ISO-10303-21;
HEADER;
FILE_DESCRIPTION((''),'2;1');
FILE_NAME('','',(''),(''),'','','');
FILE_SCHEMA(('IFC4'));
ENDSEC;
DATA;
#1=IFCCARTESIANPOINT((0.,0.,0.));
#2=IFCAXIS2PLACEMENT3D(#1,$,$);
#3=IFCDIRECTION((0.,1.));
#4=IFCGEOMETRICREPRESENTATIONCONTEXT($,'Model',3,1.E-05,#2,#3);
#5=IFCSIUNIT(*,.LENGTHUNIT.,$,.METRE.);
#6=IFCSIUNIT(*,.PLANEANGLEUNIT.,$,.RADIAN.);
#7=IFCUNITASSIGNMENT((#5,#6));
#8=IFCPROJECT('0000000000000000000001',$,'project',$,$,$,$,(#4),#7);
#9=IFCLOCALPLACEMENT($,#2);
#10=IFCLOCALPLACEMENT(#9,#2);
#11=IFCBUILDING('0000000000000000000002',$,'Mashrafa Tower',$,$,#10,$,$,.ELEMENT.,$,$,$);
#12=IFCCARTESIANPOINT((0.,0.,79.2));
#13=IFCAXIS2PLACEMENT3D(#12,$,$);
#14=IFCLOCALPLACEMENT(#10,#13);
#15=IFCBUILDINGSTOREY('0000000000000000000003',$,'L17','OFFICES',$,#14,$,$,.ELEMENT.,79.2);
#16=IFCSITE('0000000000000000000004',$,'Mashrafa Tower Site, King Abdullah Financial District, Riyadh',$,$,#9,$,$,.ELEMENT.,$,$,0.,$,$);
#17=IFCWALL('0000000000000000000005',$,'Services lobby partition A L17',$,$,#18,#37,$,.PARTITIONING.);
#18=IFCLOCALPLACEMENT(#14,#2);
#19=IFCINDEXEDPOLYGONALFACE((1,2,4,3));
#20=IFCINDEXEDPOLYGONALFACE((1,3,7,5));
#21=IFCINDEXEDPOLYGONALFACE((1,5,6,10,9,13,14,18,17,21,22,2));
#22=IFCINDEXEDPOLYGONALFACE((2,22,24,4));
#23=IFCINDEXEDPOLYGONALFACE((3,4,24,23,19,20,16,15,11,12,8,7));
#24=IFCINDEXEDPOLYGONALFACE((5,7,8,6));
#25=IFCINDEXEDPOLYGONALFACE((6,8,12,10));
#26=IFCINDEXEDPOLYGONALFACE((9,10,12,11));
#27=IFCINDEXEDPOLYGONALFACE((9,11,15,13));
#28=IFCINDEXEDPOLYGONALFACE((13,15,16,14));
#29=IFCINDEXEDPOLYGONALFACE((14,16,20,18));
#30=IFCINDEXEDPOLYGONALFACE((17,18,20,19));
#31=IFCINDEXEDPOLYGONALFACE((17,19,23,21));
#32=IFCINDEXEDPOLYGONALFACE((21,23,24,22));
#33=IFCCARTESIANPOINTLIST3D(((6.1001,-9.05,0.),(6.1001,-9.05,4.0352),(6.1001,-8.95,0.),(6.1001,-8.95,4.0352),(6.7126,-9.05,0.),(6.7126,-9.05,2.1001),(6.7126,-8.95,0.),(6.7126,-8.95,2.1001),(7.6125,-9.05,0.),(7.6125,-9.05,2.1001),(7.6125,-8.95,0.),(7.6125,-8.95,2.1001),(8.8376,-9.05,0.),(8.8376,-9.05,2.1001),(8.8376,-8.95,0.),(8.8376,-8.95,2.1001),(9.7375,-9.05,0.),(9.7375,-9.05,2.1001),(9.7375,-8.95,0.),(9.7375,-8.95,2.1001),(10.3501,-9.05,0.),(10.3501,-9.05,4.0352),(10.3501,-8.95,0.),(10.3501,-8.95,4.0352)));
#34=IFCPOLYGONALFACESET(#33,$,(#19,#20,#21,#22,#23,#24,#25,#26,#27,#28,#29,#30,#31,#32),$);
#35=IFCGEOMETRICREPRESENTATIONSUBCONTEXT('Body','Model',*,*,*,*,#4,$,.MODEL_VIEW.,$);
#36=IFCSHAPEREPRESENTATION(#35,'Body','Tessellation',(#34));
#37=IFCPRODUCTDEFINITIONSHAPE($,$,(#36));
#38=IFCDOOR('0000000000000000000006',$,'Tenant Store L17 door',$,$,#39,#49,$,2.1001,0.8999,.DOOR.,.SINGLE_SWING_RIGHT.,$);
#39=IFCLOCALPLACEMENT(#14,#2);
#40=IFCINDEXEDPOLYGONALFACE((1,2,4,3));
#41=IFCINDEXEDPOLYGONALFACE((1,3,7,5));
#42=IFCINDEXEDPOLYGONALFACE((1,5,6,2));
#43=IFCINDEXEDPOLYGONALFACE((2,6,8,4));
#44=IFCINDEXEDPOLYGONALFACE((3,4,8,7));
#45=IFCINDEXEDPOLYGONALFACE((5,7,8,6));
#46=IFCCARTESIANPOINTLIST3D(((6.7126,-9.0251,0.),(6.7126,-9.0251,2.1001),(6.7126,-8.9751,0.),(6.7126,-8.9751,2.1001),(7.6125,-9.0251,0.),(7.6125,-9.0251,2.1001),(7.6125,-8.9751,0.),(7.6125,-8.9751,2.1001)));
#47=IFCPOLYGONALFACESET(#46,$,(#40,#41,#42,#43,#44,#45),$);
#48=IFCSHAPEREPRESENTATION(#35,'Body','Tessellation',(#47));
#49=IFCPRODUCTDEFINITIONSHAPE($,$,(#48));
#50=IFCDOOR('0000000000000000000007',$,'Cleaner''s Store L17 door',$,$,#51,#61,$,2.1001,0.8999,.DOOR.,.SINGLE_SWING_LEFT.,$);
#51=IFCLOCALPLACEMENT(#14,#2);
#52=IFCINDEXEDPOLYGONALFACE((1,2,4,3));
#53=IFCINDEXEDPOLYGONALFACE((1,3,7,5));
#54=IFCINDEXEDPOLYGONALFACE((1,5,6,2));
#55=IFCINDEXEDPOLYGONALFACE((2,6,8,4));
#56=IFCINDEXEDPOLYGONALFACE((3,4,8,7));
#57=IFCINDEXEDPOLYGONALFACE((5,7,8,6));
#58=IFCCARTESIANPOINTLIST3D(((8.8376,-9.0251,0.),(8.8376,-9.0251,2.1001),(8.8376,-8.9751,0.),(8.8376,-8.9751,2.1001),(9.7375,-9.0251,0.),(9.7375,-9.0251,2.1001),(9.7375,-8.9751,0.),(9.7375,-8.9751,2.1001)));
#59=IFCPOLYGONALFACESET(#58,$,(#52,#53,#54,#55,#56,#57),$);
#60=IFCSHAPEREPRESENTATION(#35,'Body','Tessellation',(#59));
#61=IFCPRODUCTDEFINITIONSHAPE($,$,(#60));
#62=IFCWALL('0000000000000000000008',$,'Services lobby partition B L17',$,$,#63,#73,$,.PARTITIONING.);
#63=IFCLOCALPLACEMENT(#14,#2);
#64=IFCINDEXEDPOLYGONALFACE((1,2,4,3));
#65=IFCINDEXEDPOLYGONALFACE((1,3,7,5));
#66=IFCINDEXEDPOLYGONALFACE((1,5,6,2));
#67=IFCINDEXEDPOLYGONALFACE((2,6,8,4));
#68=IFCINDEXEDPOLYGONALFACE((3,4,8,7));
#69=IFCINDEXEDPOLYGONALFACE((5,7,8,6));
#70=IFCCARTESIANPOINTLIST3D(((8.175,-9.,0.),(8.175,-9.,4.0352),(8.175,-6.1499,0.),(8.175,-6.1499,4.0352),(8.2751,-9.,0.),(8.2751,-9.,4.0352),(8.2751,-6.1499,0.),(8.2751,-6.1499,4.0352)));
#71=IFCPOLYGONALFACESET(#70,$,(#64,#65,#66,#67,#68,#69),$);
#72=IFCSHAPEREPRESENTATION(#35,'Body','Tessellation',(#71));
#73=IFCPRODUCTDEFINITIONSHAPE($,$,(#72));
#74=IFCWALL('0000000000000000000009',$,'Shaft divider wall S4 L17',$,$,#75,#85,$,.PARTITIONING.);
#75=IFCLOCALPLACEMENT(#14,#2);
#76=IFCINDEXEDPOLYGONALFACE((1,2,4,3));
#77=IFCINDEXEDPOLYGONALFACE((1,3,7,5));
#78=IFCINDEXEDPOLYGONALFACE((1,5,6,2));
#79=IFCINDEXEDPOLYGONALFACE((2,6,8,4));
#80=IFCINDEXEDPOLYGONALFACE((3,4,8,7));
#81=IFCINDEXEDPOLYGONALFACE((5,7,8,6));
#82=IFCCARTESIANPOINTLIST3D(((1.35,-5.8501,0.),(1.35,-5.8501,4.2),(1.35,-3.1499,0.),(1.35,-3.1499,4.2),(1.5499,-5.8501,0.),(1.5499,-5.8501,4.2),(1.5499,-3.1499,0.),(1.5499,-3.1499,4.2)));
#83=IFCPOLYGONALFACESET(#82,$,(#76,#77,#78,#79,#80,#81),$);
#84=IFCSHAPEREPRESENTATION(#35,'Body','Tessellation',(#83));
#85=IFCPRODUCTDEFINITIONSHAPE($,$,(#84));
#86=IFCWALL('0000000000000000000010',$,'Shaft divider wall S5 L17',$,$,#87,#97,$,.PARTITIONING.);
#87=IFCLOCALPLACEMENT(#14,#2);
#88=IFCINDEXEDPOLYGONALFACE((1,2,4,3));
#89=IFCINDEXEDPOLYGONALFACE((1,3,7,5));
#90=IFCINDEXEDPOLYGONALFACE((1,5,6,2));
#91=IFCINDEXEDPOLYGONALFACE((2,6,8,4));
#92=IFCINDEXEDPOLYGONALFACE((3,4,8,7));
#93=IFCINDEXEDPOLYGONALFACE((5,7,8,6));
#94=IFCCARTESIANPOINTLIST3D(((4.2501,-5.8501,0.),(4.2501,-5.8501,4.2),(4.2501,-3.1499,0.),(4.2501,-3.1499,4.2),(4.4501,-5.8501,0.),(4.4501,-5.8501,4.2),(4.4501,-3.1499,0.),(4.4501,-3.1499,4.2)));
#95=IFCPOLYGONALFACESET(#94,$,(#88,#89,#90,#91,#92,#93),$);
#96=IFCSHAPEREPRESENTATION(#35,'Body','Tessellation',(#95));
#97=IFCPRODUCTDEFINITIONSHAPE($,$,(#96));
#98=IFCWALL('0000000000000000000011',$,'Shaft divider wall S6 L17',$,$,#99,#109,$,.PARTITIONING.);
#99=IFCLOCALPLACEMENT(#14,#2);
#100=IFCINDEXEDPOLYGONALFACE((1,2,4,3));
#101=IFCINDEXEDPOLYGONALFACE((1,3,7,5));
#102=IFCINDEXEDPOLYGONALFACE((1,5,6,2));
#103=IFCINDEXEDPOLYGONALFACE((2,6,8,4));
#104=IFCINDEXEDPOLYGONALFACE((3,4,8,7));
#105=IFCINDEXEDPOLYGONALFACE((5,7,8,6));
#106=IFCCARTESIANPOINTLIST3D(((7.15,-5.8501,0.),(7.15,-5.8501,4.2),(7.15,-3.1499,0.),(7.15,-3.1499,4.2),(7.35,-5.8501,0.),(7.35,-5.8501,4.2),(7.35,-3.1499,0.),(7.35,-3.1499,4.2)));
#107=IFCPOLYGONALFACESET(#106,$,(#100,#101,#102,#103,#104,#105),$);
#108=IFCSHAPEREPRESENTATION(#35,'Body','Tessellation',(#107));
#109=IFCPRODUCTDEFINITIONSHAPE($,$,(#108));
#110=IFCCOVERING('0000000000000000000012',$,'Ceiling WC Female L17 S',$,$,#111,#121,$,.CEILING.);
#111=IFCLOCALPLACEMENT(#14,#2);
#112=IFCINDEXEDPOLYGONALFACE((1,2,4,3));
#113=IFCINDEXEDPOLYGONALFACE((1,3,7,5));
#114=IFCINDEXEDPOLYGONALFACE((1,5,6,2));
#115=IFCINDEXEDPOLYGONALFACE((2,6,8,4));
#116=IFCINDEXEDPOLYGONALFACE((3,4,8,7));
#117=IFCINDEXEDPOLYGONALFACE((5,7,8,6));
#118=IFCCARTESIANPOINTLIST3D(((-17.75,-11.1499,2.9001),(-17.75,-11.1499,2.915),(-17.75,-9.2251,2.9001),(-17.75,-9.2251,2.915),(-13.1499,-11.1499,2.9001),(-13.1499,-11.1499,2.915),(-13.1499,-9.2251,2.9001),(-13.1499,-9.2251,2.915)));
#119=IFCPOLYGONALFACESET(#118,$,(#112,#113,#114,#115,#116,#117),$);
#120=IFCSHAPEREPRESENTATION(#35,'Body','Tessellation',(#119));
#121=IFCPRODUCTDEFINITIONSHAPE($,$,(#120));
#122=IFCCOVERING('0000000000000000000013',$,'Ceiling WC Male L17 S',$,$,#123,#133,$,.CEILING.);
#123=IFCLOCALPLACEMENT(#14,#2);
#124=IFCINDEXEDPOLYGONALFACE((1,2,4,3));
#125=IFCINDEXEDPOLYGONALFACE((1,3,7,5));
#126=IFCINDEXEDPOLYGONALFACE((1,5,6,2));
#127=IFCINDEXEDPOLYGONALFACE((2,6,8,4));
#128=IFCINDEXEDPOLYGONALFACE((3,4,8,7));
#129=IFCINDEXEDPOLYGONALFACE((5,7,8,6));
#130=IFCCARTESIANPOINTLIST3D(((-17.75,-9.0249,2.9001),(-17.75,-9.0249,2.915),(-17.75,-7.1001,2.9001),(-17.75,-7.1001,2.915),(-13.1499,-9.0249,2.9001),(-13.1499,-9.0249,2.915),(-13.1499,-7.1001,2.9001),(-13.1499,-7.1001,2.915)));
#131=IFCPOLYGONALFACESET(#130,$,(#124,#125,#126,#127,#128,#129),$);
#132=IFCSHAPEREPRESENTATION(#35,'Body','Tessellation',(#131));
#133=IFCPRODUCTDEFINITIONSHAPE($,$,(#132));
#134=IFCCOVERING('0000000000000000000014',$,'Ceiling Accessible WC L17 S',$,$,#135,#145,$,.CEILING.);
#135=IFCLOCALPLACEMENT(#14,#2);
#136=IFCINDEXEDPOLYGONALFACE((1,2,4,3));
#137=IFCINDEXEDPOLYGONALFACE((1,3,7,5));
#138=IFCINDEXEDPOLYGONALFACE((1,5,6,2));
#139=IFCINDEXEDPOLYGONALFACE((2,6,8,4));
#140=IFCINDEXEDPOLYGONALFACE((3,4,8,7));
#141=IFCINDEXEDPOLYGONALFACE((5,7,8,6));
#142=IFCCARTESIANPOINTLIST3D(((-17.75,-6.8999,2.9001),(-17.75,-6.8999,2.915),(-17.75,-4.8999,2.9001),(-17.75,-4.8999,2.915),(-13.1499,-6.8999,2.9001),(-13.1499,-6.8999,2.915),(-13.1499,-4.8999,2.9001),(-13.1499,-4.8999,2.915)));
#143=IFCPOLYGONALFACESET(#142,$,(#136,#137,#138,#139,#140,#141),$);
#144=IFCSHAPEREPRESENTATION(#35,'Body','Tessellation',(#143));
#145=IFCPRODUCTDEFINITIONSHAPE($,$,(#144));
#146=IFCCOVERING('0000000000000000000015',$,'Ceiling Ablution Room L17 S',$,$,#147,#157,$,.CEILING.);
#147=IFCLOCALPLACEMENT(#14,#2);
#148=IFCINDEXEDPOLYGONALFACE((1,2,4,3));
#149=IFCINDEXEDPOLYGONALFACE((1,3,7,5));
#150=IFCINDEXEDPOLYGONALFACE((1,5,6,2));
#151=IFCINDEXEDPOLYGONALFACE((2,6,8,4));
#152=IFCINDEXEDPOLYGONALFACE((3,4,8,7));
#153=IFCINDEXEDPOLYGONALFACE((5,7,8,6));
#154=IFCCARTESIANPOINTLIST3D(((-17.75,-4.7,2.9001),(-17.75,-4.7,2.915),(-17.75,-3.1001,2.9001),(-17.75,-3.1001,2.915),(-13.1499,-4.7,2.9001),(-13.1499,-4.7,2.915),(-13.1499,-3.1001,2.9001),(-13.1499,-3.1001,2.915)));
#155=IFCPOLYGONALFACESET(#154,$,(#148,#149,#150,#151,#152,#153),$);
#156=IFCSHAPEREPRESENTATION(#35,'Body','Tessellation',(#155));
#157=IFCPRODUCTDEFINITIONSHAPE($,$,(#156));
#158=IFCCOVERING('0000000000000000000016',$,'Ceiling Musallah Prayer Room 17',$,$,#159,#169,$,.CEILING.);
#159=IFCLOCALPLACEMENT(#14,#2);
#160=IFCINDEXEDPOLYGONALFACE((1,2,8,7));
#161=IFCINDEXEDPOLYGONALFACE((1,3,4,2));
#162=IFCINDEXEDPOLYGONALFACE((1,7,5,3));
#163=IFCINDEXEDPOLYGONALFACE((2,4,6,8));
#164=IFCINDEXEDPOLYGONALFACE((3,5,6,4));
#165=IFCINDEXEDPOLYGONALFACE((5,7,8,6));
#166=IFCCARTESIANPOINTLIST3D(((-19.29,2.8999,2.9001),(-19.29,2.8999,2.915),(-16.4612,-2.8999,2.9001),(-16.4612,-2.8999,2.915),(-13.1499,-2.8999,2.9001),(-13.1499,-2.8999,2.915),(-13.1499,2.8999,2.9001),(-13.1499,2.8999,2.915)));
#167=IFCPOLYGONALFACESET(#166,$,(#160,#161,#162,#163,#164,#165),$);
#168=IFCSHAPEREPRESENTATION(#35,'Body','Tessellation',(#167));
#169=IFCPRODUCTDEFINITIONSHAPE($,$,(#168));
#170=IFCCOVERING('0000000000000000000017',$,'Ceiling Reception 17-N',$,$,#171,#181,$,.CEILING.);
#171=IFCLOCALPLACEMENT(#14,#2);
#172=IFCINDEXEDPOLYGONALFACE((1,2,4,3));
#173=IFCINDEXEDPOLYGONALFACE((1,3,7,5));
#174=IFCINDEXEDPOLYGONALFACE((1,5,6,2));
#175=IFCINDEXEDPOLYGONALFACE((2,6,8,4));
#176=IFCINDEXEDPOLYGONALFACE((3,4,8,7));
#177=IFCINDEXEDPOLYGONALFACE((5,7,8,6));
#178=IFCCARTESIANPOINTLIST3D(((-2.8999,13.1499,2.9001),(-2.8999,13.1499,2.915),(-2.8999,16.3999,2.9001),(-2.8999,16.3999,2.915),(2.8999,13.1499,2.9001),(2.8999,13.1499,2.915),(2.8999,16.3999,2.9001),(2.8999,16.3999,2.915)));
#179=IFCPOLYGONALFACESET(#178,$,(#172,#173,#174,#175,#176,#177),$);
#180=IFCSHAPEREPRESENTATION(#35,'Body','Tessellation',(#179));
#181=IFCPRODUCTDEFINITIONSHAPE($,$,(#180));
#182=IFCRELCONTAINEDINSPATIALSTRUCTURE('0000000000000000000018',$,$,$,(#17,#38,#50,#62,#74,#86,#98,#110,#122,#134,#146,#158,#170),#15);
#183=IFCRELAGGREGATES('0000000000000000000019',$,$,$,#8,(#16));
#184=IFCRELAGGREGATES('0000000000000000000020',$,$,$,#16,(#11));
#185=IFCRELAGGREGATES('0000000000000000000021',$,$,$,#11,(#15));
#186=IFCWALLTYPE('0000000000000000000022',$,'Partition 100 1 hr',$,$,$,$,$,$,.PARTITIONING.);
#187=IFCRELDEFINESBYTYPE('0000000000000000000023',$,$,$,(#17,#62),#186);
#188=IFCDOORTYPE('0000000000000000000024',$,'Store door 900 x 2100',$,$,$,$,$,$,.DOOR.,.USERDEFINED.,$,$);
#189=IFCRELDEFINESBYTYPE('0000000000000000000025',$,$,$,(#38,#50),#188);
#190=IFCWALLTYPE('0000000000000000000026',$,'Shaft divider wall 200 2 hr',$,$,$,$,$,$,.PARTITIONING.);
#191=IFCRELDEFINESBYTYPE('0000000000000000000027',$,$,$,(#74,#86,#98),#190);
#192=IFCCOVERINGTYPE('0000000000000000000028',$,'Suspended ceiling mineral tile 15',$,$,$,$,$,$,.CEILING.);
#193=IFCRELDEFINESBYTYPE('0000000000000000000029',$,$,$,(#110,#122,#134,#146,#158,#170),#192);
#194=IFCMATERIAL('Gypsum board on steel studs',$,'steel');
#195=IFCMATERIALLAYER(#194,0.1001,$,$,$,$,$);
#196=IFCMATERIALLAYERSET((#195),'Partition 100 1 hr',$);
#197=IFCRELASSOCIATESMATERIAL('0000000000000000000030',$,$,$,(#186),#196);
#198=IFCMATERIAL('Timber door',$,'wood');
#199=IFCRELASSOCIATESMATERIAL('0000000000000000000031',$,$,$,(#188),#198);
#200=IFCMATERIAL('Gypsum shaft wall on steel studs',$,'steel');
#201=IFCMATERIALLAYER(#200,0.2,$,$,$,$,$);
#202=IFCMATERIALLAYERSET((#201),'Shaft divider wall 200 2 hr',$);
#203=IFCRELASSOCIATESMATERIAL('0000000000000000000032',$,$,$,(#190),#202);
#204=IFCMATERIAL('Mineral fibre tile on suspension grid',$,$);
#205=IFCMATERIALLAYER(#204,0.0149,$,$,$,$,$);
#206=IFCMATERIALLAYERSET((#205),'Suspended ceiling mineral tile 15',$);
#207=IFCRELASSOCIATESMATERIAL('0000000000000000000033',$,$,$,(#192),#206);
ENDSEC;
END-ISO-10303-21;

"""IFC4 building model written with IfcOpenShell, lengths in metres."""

from ifc_helpers import new_model, si_unit, direction, frame, frame_2d, origin, place, context, subcontext, project, spatial, polyline, rectangle, outline, extrude, material, layer, layer_set, type_object, element, fill, save


model = new_model("IFC4")

# Units and contexts
model_context = context("Model", 3, precision=1e-05, world=origin(), true_north=direction((0.0, 1.0)))
body_context = subcontext(model_context, "Body", "Model", "MODEL_VIEW")
ifc_project = project(units=[si_unit("LENGTHUNIT", "METRE"), si_unit("PLANEANGLEUNIT", "RADIAN")], contexts=[model_context])

# Site, building, storey
site_placement = place(None, origin())
site = spatial("IfcSite", under=ifc_project, at=site_placement, Name="Mashrafa Tower Site, King Abdullah Financial District, Riyadh", CompositionType="ELEMENT", RefElevation=0.0)
building_placement = place(site_placement, origin())
building = spatial("IfcBuilding", under=site, at=building_placement, Name="Mashrafa Tower", CompositionType="ELEMENT")
storey_placement = place(building_placement, frame((0.0, 0.0, 79.2)))
storey = spatial("IfcBuildingStorey", under=building, at=storey_placement, Name="L17", Description="OFFICES", CompositionType="ELEMENT", Elevation=79.2)

# Wall, openings, doors
ifc_material_1 = material(Name="Gypsum board on steel studs", Category="steel")
ifc_layer_1 = layer(ifc_material_1, 0.1001)
ifc_layer_set_1 = layer_set([ifc_layer_1], Name="Partition 100 1 hr")
wall_type_1 = type_object("IfcWallType", Name="Partition 100 1 hr", PredefinedType="PARTITIONING", material=ifc_layer_set_1)
wall_1_placement = place(storey_placement, frame((6.1001, -9.0, 0.0), z_axis=(0.0, 0.0, 1.0), x_axis=(1.0, 0.0, 0.0)))
wall_1 = element("IfcWall", 1, at=wall_1_placement, inside=storey, type_object=wall_type_1, Name="Services lobby partition A L17", PredefinedType="PARTITIONING", context=body_context, shape_type="SweptSolid", body=[
    extrude(rectangle(XDim=4.25, YDim=0.1001, at=frame_2d((2.125, 0.0))), origin(), (0.0, 0.0, 1.0), 4.0352),
])
opening_1_placement = place(wall_1_placement, frame((0.6125, 0.0, 0.0)))
opening_1 = element("IfcOpeningElement", 2, at=opening_1_placement, cuts=wall_1, PredefinedType="OPENING", context=body_context, shape_type="SweptSolid", body=[
    extrude(rectangle(XDim=0.8999, YDim=2.1001, at=frame_2d((0.45, 1.05))), frame((0.0, 0.0601, 0.0), z_axis=(0.0, -1.0, 0.0), x_axis=(1.0, 0.0, 0.0)), (0.0, 0.0, 1.0), 0.1201),
])
opening_2_placement = place(wall_1_placement, frame((2.7375, 0.0, 0.0)))
opening_2 = element("IfcOpeningElement", 3, at=opening_2_placement, cuts=wall_1, PredefinedType="OPENING", context=body_context, shape_type="SweptSolid", body=[
    extrude(rectangle(XDim=0.8999, YDim=2.1001, at=frame_2d((0.45, 1.05))), frame((0.0, 0.0601, 0.0), z_axis=(0.0, -1.0, 0.0), x_axis=(1.0, 0.0, 0.0)), (0.0, 0.0, 1.0), 0.1201),
])
ifc_material_2 = material(Name="Timber door", Category="wood")
door_type_1 = type_object("IfcDoorType", Name="Store door 900 x 2100", OperationType="USERDEFINED", PredefinedType="DOOR", material=ifc_material_2)
door_1_placement = place(opening_1_placement, origin())
door_1 = element("IfcDoor", 4, at=door_1_placement, inside=storey, type_object=door_type_1, Name="Tenant Store L17 door", OperationType="SINGLE_SWING_RIGHT", OverallHeight=2.1001, OverallWidth=0.8999, PredefinedType="DOOR", context=body_context, shape_type="SweptSolid", body=[
    extrude(rectangle(XDim=0.8999, YDim=2.1001, at=frame_2d((0.45, 1.05))), frame((0.0, 0.0249, 0.0), z_axis=(0.0, -1.0, 0.0), x_axis=(1.0, 0.0, 0.0)), (0.0, 0.0, 1.0), 0.05),
])
fill(opening_1, door_1)
door_2_placement = place(opening_2_placement, origin())
door_2 = element("IfcDoor", 5, at=door_2_placement, inside=storey, type_object=door_type_1, Name="Cleaner's Store L17 door", OperationType="SINGLE_SWING_LEFT", OverallHeight=2.1001, OverallWidth=0.8999, PredefinedType="DOOR", context=body_context, shape_type="SweptSolid", body=[
    extrude(rectangle(XDim=0.8999, YDim=2.1001, at=frame_2d((0.45, 1.05))), frame((0.0, 0.0249, 0.0), z_axis=(0.0, -1.0, 0.0), x_axis=(1.0, 0.0, 0.0)), (0.0, 0.0, 1.0), 0.05),
])
fill(opening_2, door_2)

# Walls
wall_2_placement = place(storey_placement, frame((8.2251, -9.0, 0.0), z_axis=(0.0, 0.0, 1.0), x_axis=(0.0, 1.0, 0.0)))
element("IfcWall", 6, at=wall_2_placement, inside=storey, type_object=wall_type_1, Name="Services lobby partition B L17", PredefinedType="PARTITIONING", context=body_context, shape_type="SweptSolid", body=[
    extrude(rectangle(XDim=2.8501, YDim=0.1001, at=frame_2d((1.425, 0.0))), origin(), (0.0, 0.0, 1.0), 4.0352),
])
ifc_material_3 = material(Name="Gypsum shaft wall on steel studs", Category="steel")
ifc_layer_2 = layer(ifc_material_3, 0.2)
ifc_layer_set_2 = layer_set([ifc_layer_2], Name="Shaft divider wall 200 2 hr")
wall_type_2 = type_object("IfcWallType", Name="Shaft divider wall 200 2 hr", PredefinedType="PARTITIONING", material=ifc_layer_set_2)
for number, where, z_axis, x_axis, name in (
    (7, (1.45, -5.8501, 0.0), (0.0, 0.0, 1.0), (0.0, 1.0, 0.0), "Shaft divider wall S4 L17"),
    (8, (4.3501, -5.8501, 0.0), (0.0, 0.0, 1.0), (0.0, 1.0, 0.0), "Shaft divider wall S5 L17"),
    (9, (7.25, -5.8501, 0.0), (0.0, 0.0, 1.0), (0.0, 1.0, 0.0), "Shaft divider wall S6 L17"),
):
    element("IfcWall", number, at=place(storey_placement, frame(where, z_axis=z_axis, x_axis=x_axis)), inside=storey, type_object=wall_type_2, Name=name, PredefinedType="PARTITIONING", context=body_context, shape_type="SweptSolid", body=[
        extrude(rectangle(XDim=2.7002, YDim=0.2, at=frame_2d((1.3501, 0.0))), origin(), (0.0, 0.0, 1.0), 4.2),
    ])

# Coverings
ifc_material_4 = material(Name="Mineral fibre tile on suspension grid")
ifc_layer_3 = layer(ifc_material_4, 0.0149)
ifc_layer_set_3 = layer_set([ifc_layer_3], Name="Suspended ceiling mineral tile 15")
covering_type = type_object("IfcCoveringType", Name="Suspended ceiling mineral tile 15", PredefinedType="CEILING", material=ifc_layer_set_3)
covering_1_placement = place(storey_placement, frame((0.0, 0.0, 2.9001)))
element("IfcCovering", 10, at=covering_1_placement, inside=storey, type_object=covering_type, Name="Ceiling WC Female L17 S", PredefinedType="CEILING", context=body_context, shape_type="SweptSolid", body=[
    extrude(outline(polyline([(-17.75, -11.1499), (-17.75, -9.2251), (-13.1499, -9.2251), (-13.1499, -11.1499), (-17.75, -11.1499)])), origin(), (0.0, 0.0, 1.0), 0.0149),
])
covering_2_placement = place(storey_placement, frame((0.0, 0.0, 2.9001)))
element("IfcCovering", 11, at=covering_2_placement, inside=storey, type_object=covering_type, Name="Ceiling WC Male L17 S", PredefinedType="CEILING", context=body_context, shape_type="SweptSolid", body=[
    extrude(outline(polyline([(-17.75, -9.0249), (-17.75, -7.1001), (-13.1499, -7.1001), (-13.1499, -9.0249), (-17.75, -9.0249)])), origin(), (0.0, 0.0, 1.0), 0.0149),
])
covering_3_placement = place(storey_placement, frame((0.0, 0.0, 2.9001)))
element("IfcCovering", 12, at=covering_3_placement, inside=storey, type_object=covering_type, Name="Ceiling Accessible WC L17 S", PredefinedType="CEILING", context=body_context, shape_type="SweptSolid", body=[
    extrude(outline(polyline([(-17.75, -6.8999), (-17.75, -4.8999), (-13.1499, -4.8999), (-13.1499, -6.8999), (-17.75, -6.8999)])), origin(), (0.0, 0.0, 1.0), 0.0149),
])
covering_4_placement = place(storey_placement, frame((0.0, 0.0, 2.9001)))
element("IfcCovering", 13, at=covering_4_placement, inside=storey, type_object=covering_type, Name="Ceiling Ablution Room L17 S", PredefinedType="CEILING", context=body_context, shape_type="SweptSolid", body=[
    extrude(outline(polyline([(-17.75, -4.7), (-17.75, -3.1001), (-13.1499, -3.1001), (-13.1499, -4.7), (-17.75, -4.7)])), origin(), (0.0, 0.0, 1.0), 0.0149),
])
covering_5_placement = place(storey_placement, frame((0.0, 0.0, 2.9001)))
element("IfcCovering", 14, at=covering_5_placement, inside=storey, type_object=covering_type, Name="Ceiling Musallah Prayer Room 17", PredefinedType="CEILING", context=body_context, shape_type="SweptSolid", body=[
    extrude(outline(polyline([(-16.4612, -2.8999), (-19.29, 2.8999), (-13.1499, 2.8999), (-13.1499, -2.8999), (-16.4612, -2.8999)])), origin(), (0.0, 0.0, 1.0), 0.0149),
])
covering_6_placement = place(storey_placement, frame((0.0, 0.0, 2.9001)))
element("IfcCovering", 15, at=covering_6_placement, inside=storey, type_object=covering_type, Name="Ceiling Reception 17-N", PredefinedType="CEILING", context=body_context, shape_type="SweptSolid", body=[
    extrude(outline(polyline([(-2.8999, 16.3999), (2.8999, 16.3999), (2.8999, 13.1499), (-2.8999, 13.1499), (-2.8999, 16.3999)])), origin(), (0.0, 0.0, 1.0), 0.0149),
])

save(model, "model.ifc")
